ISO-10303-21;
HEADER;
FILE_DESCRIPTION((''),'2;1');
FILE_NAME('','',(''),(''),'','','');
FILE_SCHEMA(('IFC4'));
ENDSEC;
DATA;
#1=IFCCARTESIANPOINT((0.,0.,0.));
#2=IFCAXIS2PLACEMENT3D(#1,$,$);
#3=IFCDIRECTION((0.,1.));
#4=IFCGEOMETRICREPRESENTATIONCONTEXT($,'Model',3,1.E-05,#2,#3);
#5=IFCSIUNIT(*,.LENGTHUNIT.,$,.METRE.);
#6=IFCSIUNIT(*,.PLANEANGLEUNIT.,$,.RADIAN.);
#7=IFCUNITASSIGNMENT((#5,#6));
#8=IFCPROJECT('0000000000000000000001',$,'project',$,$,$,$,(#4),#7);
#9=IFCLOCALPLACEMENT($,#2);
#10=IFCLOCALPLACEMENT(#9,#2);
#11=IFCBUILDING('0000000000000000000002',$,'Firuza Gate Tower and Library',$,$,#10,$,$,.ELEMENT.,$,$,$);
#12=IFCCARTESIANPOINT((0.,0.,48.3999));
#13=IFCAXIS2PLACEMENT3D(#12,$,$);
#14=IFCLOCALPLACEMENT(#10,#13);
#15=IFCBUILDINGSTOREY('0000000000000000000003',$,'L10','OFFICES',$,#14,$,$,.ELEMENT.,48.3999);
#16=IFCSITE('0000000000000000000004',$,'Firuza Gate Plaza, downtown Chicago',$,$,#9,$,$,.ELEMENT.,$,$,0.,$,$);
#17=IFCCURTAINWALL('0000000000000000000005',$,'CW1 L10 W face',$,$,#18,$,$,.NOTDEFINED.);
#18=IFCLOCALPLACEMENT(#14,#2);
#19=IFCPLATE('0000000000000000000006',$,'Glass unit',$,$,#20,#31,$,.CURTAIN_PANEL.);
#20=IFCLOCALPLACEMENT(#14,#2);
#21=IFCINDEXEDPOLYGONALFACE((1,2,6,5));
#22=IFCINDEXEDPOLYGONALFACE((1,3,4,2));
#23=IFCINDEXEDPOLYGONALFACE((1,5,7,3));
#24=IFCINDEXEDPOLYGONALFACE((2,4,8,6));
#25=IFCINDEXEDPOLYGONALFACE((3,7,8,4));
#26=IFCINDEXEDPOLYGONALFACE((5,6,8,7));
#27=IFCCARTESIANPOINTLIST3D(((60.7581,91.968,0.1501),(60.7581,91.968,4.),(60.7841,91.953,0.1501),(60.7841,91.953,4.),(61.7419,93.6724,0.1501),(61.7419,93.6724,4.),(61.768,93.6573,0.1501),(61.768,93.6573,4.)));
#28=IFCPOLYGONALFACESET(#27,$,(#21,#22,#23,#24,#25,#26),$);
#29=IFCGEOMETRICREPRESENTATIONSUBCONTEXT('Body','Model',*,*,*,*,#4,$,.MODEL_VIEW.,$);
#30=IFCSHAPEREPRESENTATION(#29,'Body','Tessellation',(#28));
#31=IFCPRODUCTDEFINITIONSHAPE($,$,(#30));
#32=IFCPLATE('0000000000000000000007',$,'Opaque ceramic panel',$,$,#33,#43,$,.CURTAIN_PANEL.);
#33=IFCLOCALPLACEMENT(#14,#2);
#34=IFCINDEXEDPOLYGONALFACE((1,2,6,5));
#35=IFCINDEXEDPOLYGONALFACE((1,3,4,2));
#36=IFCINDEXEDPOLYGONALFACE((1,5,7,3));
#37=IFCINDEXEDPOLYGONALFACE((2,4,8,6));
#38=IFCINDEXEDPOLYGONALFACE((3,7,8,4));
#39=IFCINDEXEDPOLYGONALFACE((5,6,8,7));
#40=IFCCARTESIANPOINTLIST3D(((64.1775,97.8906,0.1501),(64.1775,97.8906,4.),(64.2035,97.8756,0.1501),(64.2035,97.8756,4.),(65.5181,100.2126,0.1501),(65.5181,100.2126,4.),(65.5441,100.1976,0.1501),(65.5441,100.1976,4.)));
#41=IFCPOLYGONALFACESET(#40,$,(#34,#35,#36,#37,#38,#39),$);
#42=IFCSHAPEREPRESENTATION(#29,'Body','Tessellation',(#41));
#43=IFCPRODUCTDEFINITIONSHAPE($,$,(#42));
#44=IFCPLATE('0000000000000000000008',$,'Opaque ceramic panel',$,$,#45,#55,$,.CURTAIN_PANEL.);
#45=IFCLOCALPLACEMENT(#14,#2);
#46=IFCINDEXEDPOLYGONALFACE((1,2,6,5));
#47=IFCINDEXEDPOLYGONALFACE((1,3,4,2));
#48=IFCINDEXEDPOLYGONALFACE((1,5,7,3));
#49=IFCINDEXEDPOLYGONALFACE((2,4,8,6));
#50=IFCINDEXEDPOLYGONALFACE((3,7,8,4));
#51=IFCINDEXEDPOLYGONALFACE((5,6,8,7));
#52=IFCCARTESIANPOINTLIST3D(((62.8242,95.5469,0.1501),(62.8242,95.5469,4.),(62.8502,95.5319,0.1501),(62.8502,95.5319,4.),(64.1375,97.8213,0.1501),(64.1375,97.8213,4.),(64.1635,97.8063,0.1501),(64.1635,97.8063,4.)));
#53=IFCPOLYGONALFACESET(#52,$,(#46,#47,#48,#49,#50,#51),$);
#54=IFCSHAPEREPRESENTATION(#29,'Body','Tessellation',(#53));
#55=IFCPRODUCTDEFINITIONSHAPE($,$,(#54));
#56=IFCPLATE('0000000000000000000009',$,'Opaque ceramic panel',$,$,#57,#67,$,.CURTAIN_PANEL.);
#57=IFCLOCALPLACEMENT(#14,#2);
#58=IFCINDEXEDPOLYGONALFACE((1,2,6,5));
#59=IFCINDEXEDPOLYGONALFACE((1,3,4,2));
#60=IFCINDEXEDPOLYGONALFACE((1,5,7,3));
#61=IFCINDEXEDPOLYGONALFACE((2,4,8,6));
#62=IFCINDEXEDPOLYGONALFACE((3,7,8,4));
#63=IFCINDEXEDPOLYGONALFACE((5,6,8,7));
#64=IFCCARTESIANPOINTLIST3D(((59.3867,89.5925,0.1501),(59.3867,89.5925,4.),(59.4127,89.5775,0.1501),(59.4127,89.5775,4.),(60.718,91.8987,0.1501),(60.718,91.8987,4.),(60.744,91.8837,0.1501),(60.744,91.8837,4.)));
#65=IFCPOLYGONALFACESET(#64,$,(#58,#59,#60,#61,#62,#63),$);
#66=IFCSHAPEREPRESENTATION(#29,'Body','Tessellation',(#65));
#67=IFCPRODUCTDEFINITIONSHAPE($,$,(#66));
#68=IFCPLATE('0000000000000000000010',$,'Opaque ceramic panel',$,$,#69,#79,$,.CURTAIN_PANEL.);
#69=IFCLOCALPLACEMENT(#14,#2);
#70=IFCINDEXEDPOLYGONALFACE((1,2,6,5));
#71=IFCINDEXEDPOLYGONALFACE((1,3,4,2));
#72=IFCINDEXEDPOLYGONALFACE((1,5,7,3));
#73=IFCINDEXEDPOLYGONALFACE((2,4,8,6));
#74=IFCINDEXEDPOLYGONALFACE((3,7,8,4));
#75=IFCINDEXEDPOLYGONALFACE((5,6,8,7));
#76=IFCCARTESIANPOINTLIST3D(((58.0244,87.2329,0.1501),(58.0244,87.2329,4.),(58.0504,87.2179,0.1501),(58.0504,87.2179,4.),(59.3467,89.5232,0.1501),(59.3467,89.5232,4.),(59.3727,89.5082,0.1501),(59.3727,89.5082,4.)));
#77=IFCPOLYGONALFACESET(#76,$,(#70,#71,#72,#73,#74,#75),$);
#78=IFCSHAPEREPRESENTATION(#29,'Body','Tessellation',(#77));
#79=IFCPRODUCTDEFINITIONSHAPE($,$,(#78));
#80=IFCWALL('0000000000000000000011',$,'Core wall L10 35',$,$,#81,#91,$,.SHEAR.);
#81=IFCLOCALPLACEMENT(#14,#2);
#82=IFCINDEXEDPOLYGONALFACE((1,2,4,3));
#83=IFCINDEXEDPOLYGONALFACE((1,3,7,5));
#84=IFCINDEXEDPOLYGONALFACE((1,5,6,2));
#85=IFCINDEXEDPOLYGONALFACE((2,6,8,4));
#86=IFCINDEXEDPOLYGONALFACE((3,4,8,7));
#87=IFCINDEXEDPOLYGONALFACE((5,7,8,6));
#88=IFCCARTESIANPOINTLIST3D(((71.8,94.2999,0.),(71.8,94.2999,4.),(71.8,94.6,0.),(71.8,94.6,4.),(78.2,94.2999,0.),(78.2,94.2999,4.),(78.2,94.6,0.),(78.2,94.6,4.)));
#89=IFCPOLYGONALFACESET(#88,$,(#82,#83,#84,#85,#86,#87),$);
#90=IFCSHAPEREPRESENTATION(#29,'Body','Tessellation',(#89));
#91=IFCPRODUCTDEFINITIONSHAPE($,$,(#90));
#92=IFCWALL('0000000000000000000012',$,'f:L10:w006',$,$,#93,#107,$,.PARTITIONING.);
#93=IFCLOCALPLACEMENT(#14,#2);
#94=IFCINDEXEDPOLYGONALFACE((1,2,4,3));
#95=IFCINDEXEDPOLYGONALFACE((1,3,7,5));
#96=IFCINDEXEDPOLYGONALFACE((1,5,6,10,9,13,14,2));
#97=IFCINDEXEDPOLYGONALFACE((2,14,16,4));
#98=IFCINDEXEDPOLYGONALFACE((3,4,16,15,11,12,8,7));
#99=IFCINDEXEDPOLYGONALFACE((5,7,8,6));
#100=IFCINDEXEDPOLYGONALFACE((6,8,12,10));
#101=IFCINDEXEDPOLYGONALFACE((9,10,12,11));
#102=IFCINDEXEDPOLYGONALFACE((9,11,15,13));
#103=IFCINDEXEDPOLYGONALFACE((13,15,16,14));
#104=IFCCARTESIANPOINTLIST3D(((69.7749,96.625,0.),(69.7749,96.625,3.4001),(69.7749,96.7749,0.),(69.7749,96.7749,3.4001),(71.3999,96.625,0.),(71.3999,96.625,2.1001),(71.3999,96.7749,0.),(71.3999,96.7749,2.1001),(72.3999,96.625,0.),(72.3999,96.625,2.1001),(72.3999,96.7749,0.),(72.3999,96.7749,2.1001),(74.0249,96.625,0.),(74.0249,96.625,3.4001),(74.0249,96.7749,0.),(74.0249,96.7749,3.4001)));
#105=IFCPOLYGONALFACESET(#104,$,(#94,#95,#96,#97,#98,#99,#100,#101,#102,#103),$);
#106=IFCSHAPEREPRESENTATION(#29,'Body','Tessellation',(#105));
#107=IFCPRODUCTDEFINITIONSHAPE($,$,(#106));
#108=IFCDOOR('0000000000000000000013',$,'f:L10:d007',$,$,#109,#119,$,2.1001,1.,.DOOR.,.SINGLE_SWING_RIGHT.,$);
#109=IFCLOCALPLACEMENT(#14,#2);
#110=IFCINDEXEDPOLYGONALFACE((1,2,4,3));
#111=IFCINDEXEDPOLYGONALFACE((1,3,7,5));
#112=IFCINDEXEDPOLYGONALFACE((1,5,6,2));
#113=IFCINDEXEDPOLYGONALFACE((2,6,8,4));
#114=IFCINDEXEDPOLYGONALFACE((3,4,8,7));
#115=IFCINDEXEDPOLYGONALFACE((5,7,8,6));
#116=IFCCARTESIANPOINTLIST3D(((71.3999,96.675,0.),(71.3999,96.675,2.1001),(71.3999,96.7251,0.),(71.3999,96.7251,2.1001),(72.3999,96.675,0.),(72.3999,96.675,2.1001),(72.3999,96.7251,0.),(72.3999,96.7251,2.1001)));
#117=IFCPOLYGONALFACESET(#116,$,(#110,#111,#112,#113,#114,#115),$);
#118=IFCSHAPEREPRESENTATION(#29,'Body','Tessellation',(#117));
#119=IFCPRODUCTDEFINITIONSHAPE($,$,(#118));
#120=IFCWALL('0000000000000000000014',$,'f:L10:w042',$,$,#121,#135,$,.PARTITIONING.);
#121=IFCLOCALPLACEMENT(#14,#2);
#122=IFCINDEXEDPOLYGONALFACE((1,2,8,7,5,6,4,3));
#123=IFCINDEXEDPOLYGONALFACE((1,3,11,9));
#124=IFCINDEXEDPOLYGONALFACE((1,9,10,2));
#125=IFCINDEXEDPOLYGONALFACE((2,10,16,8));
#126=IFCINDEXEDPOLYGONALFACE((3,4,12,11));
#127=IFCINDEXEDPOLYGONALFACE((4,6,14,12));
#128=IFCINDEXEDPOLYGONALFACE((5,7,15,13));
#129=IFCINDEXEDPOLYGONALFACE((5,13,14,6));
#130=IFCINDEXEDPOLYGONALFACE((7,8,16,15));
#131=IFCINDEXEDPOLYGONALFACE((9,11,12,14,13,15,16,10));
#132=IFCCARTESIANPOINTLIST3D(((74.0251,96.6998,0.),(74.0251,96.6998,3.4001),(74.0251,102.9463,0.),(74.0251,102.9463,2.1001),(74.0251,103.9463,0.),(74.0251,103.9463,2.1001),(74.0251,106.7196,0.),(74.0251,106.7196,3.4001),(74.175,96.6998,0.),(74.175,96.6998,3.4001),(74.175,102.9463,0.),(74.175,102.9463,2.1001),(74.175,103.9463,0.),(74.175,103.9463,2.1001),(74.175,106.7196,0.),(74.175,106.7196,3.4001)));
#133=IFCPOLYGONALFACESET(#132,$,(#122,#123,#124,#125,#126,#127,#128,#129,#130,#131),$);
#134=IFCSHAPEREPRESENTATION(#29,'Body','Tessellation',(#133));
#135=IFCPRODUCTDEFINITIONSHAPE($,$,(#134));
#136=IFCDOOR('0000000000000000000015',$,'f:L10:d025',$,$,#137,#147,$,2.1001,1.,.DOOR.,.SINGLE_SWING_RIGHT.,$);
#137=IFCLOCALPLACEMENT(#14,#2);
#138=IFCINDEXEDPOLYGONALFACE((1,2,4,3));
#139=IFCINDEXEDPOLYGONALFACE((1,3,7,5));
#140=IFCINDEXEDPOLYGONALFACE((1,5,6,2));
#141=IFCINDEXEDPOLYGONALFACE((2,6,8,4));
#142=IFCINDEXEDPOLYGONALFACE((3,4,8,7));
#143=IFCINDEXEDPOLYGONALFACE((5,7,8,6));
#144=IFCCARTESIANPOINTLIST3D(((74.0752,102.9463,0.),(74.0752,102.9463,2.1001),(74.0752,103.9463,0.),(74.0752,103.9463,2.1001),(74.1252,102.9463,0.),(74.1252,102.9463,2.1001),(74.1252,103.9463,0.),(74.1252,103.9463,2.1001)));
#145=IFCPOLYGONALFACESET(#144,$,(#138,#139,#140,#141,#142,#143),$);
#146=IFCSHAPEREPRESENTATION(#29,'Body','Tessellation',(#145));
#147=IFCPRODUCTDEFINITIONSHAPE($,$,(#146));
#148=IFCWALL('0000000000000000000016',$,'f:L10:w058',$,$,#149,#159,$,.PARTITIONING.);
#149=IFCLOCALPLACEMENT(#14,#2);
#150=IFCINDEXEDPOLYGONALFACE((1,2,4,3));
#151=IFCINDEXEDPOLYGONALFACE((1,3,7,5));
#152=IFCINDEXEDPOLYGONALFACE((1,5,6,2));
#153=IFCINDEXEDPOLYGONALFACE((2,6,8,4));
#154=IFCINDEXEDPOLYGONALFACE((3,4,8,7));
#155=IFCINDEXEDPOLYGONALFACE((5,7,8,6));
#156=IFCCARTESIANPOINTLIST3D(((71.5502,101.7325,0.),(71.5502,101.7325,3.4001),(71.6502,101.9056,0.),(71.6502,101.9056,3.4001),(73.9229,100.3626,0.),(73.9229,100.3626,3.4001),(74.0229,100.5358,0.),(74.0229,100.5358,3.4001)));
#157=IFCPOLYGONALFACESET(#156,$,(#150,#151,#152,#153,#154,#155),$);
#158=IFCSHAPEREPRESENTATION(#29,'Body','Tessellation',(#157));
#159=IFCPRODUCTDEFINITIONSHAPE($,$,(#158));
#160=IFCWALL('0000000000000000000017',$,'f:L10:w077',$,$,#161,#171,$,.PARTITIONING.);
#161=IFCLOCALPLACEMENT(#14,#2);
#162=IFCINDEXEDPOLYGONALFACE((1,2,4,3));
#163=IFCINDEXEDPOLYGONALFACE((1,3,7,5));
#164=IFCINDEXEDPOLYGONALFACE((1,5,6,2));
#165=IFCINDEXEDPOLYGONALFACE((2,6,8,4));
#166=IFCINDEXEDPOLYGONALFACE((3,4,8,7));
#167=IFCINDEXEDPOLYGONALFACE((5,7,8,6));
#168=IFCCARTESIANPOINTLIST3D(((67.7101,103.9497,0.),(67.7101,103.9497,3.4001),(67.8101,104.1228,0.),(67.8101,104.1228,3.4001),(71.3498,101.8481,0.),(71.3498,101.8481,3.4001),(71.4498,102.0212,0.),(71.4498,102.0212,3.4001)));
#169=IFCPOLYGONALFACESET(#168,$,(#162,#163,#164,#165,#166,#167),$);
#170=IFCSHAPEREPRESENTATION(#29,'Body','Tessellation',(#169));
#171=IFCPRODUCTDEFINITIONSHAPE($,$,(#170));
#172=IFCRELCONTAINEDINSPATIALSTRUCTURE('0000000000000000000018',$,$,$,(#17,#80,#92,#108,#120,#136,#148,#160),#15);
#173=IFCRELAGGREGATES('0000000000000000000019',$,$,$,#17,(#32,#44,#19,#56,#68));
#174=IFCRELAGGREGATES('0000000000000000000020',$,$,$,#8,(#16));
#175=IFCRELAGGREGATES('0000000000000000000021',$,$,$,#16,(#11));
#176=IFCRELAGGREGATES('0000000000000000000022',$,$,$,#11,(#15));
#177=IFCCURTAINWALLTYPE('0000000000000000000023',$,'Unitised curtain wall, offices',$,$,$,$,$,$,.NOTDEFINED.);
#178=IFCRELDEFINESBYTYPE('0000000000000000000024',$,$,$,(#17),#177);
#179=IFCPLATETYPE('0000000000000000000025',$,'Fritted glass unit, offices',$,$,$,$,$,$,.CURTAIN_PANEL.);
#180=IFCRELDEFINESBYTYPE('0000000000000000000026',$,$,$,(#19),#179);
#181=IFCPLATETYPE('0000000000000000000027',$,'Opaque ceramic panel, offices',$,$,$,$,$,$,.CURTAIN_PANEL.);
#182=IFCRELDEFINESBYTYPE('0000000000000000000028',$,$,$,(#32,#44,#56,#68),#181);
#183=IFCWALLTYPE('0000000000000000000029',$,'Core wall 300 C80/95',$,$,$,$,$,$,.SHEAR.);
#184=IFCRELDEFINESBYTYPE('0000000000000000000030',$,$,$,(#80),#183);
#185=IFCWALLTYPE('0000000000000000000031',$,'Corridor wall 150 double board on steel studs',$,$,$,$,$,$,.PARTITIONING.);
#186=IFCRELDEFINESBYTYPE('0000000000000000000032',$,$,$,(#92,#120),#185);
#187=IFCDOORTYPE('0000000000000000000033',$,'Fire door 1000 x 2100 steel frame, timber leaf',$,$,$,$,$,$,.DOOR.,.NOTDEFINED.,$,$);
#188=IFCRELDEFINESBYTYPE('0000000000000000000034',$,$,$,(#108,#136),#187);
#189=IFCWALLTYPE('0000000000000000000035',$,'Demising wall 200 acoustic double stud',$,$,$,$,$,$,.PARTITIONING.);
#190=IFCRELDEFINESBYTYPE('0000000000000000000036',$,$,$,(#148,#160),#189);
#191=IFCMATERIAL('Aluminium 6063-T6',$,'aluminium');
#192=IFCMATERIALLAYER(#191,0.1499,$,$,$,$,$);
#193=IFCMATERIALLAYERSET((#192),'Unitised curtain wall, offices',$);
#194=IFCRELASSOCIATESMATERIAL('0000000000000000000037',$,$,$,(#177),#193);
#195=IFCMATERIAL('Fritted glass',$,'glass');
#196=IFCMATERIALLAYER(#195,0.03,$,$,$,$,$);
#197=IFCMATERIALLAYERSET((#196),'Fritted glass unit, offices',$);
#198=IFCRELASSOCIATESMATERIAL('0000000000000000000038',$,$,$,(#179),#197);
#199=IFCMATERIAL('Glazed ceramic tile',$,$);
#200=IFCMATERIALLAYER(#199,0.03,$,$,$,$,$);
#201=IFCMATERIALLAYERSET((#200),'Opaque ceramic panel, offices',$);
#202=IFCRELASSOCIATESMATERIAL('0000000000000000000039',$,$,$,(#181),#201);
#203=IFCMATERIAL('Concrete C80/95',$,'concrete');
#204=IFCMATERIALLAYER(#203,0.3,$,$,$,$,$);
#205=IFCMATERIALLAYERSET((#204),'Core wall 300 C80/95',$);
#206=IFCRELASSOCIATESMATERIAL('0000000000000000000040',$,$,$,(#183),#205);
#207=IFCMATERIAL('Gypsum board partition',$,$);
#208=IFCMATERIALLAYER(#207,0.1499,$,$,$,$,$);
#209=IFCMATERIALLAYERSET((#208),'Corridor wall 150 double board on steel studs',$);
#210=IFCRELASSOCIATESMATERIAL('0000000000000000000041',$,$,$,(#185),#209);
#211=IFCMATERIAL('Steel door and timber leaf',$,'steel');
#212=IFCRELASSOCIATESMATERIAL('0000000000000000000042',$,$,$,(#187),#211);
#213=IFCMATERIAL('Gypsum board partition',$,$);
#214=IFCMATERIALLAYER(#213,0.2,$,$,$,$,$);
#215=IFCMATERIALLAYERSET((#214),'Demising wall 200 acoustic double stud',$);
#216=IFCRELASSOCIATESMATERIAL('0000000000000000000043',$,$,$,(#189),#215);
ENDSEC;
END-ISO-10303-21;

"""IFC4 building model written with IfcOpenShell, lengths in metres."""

from ifc_helpers import new_model, si_unit, direction, frame, frame_2d, origin, place, context, subcontext, project, spatial, polyline, rectangle, outline, extrude, material, layer, layer_set, type_object, element, fill, aggregate, save


model = new_model("IFC4")

# Units and contexts
model_context = context("Model", 3, precision=1e-05, world=origin(), true_north=direction((0.0, 1.0)))
body_context = subcontext(model_context, "Body", "Model", "MODEL_VIEW")
ifc_project = project(units=[si_unit("LENGTHUNIT", "METRE"), si_unit("PLANEANGLEUNIT", "RADIAN")], contexts=[model_context])

# Site, building, storey
site_placement = place(None, origin())
site = spatial("IfcSite", under=ifc_project, at=site_placement, Name="Firuza Gate Plaza, downtown Chicago", CompositionType="ELEMENT", RefElevation=0.0)
building_placement = place(site_placement, origin())
building = spatial("IfcBuilding", under=site, at=building_placement, Name="Firuza Gate Tower and Library", CompositionType="ELEMENT")
storey_placement = place(building_placement, frame((0.0, 0.0, 48.3999)))
storey = spatial("IfcBuildingStorey", under=building, at=storey_placement, Name="L10", Description="OFFICES", CompositionType="ELEMENT", Elevation=48.3999)

# Curtain wall
ifc_material_1 = material(Name="Aluminium 6063-T6", Category="aluminium")
ifc_layer_1 = layer(ifc_material_1, 0.1499)
ifc_layer_set_1 = layer_set([ifc_layer_1], Name="Unitised curtain wall, offices")
curtain_wall_type = type_object("IfcCurtainWallType", Name="Unitised curtain wall, offices", PredefinedType="NOTDEFINED", material=ifc_layer_set_1)
placement = place(storey_placement, origin())
curtain_wall = element("IfcCurtainWall", 1, at=placement, inside=storey, type_object=curtain_wall_type, Name="CW1 L10 W face", PredefinedType="NOTDEFINED")

# Plates
ifc_material_2 = material(Name="Fritted glass", Category="glass")
ifc_layer_2 = layer(ifc_material_2, 0.03)
ifc_layer_set_2 = layer_set([ifc_layer_2], Name="Fritted glass unit, offices")
plate_type_1 = type_object("IfcPlateType", Name="Fritted glass unit, offices", PredefinedType="CURTAIN_PANEL", material=ifc_layer_set_2)
plate_1_placement = place(storey_placement, frame((61.7419, 93.6724, 0.1501), z_axis=(-0.866051, 0.499955, 0.0), x_axis=(-0.499955, -0.866051, 0.0)))
plate_1 = element("IfcPlate", 2, at=plate_1_placement, type_object=plate_type_1, Name="Glass unit", PredefinedType="CURTAIN_PANEL", context=body_context, shape_type="SweptSolid", body=[
    extrude(outline(polyline([(0.0, 0.0), (1.968, 0.0), (1.968, 3.8499), (0.0, 3.8499), (0.0, 0.0)])), origin(), (0.0, 0.0, -1.0), 0.03),
])
ifc_material_3 = material(Name="Glazed ceramic tile")
ifc_layer_3 = layer(ifc_material_3, 0.03)
ifc_layer_set_3 = layer_set([ifc_layer_3], Name="Opaque ceramic panel, offices")
plate_type_2 = type_object("IfcPlateType", Name="Opaque ceramic panel, offices", PredefinedType="CURTAIN_PANEL", material=ifc_layer_set_3)
plate_2_placement = place(storey_placement, frame((65.5181, 100.2126, 0.1501), z_axis=(-0.866032, 0.499988, 0.0), x_axis=(-0.499988, -0.866032, 0.0)))
plate_2 = element("IfcPlate", 3, at=plate_2_placement, type_object=plate_type_2, Name="Opaque ceramic panel", PredefinedType="CURTAIN_PANEL", context=body_context, shape_type="SweptSolid", body=[
    extrude(outline(polyline([(0.0, 0.0), (2.6812, 0.0), (2.6812, 3.8499), (0.0, 3.8499), (0.0, 0.0)])), origin(), (0.0, 0.0, -1.0), 0.03),
])
plate_3_placement = place(storey_placement, frame((64.1375, 97.8213, 0.1501), z_axis=(-0.866009, 0.500028, 0.0), x_axis=(-0.500028, -0.866009, 0.0)))
plate_3 = element("IfcPlate", 4, at=plate_3_placement, type_object=plate_type_2, Name="Opaque ceramic panel", PredefinedType="CURTAIN_PANEL", context=body_context, shape_type="SweptSolid", body=[
    extrude(outline(polyline([(0.0, 0.0), (2.6263, 0.0), (2.6263, 3.8499), (0.0, 3.8499), (0.0, 0.0)])), origin(), (0.0, 0.0, -1.0), 0.03),
])
plate_4_placement = place(storey_placement, frame((60.718, 91.8987, 0.1501), z_axis=(-0.866051, 0.499955, 0.0), x_axis=(-0.499955, -0.866051, 0.0)))
plate_4 = element("IfcPlate", 5, at=plate_4_placement, type_object=plate_type_2, Name="Opaque ceramic panel", PredefinedType="CURTAIN_PANEL", context=body_context, shape_type="SweptSolid", body=[
    extrude(outline(polyline([(0.0, 0.0), (2.6628, 0.0), (2.6628, 3.8499), (0.0, 3.8499), (0.0, 0.0)])), origin(), (0.0, 0.0, -1.0), 0.03),
])
plate_5_placement = place(storey_placement, frame((59.3467, 89.5232, 0.1501), z_axis=(-0.86603, 0.499991, 0.0), x_axis=(-0.499991, -0.86603, 0.0)))
plate_5 = element("IfcPlate", 6, at=plate_5_placement, type_object=plate_type_2, Name="Opaque ceramic panel", PredefinedType="CURTAIN_PANEL", context=body_context, shape_type="SweptSolid", body=[
    extrude(outline(polyline([(0.0, 0.0), (2.6446, 0.0), (2.6446, 3.8499), (0.0, 3.8499), (0.0, 0.0)])), origin(), (0.0, 0.0, -1.0), 0.03),
])
aggregate(curtain_wall, [plate_2, plate_3, plate_1, plate_4, plate_5])

# Wall
ifc_material_4 = material(Name="Concrete C80/95", Category="concrete")
ifc_layer_4 = layer(ifc_material_4, 0.3)
ifc_layer_set_4 = layer_set([ifc_layer_4], Name="Core wall 300 C80/95")
wall_type_1 = type_object("IfcWallType", Name="Core wall 300 C80/95", PredefinedType="SHEAR", material=ifc_layer_set_4)
wall_1_placement = place(storey_placement, frame((71.8, 94.45, 0.0), z_axis=(0.0, 0.0, 1.0), x_axis=(1.0, 0.0, 0.0)))
element("IfcWall", 7, at=wall_1_placement, inside=storey, type_object=wall_type_1, Name="Core wall L10 35", PredefinedType="SHEAR", context=body_context, shape_type="SweptSolid", body=[
    extrude(rectangle(XDim=6.3999, YDim=0.3, at=frame_2d((3.2, 0.0))), origin(), (0.0, 0.0, 1.0), 4.0),
])

# Walls, openings, doors
ifc_material_5 = material(Name="Gypsum board partition")
ifc_layer_5 = layer(ifc_material_5, 0.1499)
ifc_layer_set_5 = layer_set([ifc_layer_5], Name="Corridor wall 150 double board on steel studs")
wall_type_2 = type_object("IfcWallType", Name="Corridor wall 150 double board on steel studs", PredefinedType="PARTITIONING", material=ifc_layer_set_5)
wall_2_placement = place(storey_placement, frame((74.0249, 96.7, 0.0), z_axis=(0.0, 0.0, 1.0), x_axis=(-1.0, 0.0, 0.0)))
wall_2 = element("IfcWall", 8, at=wall_2_placement, inside=storey, type_object=wall_type_2, Name="f:L10:w006", PredefinedType="PARTITIONING", context=body_context, shape_type="SweptSolid", body=[
    extrude(rectangle(XDim=4.25, YDim=0.1499, at=frame_2d((2.125, 0.0))), origin(), (0.0, 0.0, 1.0), 3.4001),
])
opening_1_placement = place(wall_2_placement, frame((1.625, 0.0, 0.0)))
opening_1 = element("IfcOpeningElement", 9, at=opening_1_placement, cuts=wall_2, PredefinedType="OPENING", context=body_context, shape_type="SweptSolid", body=[
    extrude(rectangle(XDim=1.0, YDim=2.1001, at=frame_2d((0.5, 1.05))), frame((0.0, 0.085, 0.0), z_axis=(0.0, -1.0, 0.0), x_axis=(1.0, 0.0, 0.0)), (0.0, 0.0, 1.0), 0.1699),
])
ifc_material_6 = material(Name="Steel door and timber leaf", Category="steel")
door_type_1 = type_object("IfcDoorType", Name="Fire door 1000 x 2100 steel frame, timber leaf", OperationType="NOTDEFINED", PredefinedType="DOOR", material=ifc_material_6)
door_1_placement = place(opening_1_placement, origin())
door_1 = element("IfcDoor", 10, at=door_1_placement, inside=storey, type_object=door_type_1, Name="f:L10:d007", OperationType="SINGLE_SWING_RIGHT", OverallHeight=2.1001, OverallWidth=1.0, PredefinedType="DOOR", context=body_context, shape_type="SweptSolid", body=[
    extrude(rectangle(XDim=1.0, YDim=2.1001, at=frame_2d((0.5, 1.05))), frame((0.0, 0.0249, 0.0), z_axis=(0.0, -1.0, 0.0), x_axis=(1.0, 0.0, 0.0)), (0.0, 0.0, 1.0), 0.05),
])
fill(opening_1, door_1)
wall_3_placement = place(storey_placement, frame((74.1001, 96.7, 0.0), z_axis=(0.0, 0.0, 1.0), x_axis=(0.0, 1.0, 0.0)))
wall_3 = element("IfcWall", 11, at=wall_3_placement, inside=storey, type_object=wall_type_2, Name="f:L10:w042", PredefinedType="PARTITIONING", context=body_context, shape_type="SweptSolid", body=[
    extrude(rectangle(XDim=10.0198, YDim=0.1499, at=frame_2d((5.0098, 0.0))), origin(), (0.0, 0.0, 1.0), 3.4001),
])
opening_2_placement = place(wall_3_placement, frame((6.2463, 0.0, 0.0)))
opening_2 = element("IfcOpeningElement", 12, at=opening_2_placement, cuts=wall_3, PredefinedType="OPENING", context=body_context, shape_type="SweptSolid", body=[
    extrude(rectangle(XDim=1.0, YDim=2.1001, at=frame_2d((0.5, 1.05))), frame((0.0, 0.085, 0.0), z_axis=(0.0, -1.0, 0.0), x_axis=(1.0, 0.0, 0.0)), (0.0, 0.0, 1.0), 0.1699),
])
door_2_placement = place(opening_2_placement, origin())
door_2 = element("IfcDoor", 13, at=door_2_placement, inside=storey, type_object=door_type_1, Name="f:L10:d025", OperationType="SINGLE_SWING_RIGHT", OverallHeight=2.1001, OverallWidth=1.0, PredefinedType="DOOR", context=body_context, shape_type="SweptSolid", body=[
    extrude(rectangle(XDim=1.0, YDim=2.1001, at=frame_2d((0.5, 1.05))), frame((0.0, 0.0249, 0.0), z_axis=(0.0, -1.0, 0.0), x_axis=(1.0, 0.0, 0.0)), (0.0, 0.0, 1.0), 0.05),
])
fill(opening_2, door_2)

# Walls
ifc_material_7 = material(Name="Gypsum board partition")
ifc_layer_6 = layer(ifc_material_7, 0.2)
ifc_layer_set_6 = layer_set([ifc_layer_6], Name="Demising wall 200 acoustic double stud")
wall_type_3 = type_object("IfcWallType", Name="Demising wall 200 acoustic double stud", PredefinedType="PARTITIONING", material=ifc_layer_set_6)
wall_4_placement = place(storey_placement, frame((73.9729, 100.4492, 0.0), z_axis=(0.0, 0.0, 1.0), x_axis=(-0.866036, 0.499982, 0.0)))
element("IfcWall", 14, at=wall_4_placement, inside=storey, type_object=wall_type_3, Name="f:L10:w058", PredefinedType="PARTITIONING", context=body_context, shape_type="SweptSolid", body=[
    extrude(rectangle(XDim=2.7397, YDim=0.2, at=frame_2d((1.3699, 0.0))), origin(), (0.0, 0.0, 1.0), 3.4001),
])
wall_5_placement = place(storey_placement, frame((71.3999, 101.9346, 0.0), z_axis=(0.0, 0.0, 1.0), x_axis=(-0.866004, 0.500038, 0.0)))
element("IfcWall", 15, at=wall_5_placement, inside=storey, type_object=wall_type_3, Name="f:L10:w077", PredefinedType="PARTITIONING", context=body_context, shape_type="SweptSolid", body=[
    extrude(rectangle(XDim=4.2029, YDim=0.2, at=frame_2d((2.1016, 0.0))), origin(), (0.0, 0.0, 1.0), 3.4001),
])

save(model, "model.ifc")
